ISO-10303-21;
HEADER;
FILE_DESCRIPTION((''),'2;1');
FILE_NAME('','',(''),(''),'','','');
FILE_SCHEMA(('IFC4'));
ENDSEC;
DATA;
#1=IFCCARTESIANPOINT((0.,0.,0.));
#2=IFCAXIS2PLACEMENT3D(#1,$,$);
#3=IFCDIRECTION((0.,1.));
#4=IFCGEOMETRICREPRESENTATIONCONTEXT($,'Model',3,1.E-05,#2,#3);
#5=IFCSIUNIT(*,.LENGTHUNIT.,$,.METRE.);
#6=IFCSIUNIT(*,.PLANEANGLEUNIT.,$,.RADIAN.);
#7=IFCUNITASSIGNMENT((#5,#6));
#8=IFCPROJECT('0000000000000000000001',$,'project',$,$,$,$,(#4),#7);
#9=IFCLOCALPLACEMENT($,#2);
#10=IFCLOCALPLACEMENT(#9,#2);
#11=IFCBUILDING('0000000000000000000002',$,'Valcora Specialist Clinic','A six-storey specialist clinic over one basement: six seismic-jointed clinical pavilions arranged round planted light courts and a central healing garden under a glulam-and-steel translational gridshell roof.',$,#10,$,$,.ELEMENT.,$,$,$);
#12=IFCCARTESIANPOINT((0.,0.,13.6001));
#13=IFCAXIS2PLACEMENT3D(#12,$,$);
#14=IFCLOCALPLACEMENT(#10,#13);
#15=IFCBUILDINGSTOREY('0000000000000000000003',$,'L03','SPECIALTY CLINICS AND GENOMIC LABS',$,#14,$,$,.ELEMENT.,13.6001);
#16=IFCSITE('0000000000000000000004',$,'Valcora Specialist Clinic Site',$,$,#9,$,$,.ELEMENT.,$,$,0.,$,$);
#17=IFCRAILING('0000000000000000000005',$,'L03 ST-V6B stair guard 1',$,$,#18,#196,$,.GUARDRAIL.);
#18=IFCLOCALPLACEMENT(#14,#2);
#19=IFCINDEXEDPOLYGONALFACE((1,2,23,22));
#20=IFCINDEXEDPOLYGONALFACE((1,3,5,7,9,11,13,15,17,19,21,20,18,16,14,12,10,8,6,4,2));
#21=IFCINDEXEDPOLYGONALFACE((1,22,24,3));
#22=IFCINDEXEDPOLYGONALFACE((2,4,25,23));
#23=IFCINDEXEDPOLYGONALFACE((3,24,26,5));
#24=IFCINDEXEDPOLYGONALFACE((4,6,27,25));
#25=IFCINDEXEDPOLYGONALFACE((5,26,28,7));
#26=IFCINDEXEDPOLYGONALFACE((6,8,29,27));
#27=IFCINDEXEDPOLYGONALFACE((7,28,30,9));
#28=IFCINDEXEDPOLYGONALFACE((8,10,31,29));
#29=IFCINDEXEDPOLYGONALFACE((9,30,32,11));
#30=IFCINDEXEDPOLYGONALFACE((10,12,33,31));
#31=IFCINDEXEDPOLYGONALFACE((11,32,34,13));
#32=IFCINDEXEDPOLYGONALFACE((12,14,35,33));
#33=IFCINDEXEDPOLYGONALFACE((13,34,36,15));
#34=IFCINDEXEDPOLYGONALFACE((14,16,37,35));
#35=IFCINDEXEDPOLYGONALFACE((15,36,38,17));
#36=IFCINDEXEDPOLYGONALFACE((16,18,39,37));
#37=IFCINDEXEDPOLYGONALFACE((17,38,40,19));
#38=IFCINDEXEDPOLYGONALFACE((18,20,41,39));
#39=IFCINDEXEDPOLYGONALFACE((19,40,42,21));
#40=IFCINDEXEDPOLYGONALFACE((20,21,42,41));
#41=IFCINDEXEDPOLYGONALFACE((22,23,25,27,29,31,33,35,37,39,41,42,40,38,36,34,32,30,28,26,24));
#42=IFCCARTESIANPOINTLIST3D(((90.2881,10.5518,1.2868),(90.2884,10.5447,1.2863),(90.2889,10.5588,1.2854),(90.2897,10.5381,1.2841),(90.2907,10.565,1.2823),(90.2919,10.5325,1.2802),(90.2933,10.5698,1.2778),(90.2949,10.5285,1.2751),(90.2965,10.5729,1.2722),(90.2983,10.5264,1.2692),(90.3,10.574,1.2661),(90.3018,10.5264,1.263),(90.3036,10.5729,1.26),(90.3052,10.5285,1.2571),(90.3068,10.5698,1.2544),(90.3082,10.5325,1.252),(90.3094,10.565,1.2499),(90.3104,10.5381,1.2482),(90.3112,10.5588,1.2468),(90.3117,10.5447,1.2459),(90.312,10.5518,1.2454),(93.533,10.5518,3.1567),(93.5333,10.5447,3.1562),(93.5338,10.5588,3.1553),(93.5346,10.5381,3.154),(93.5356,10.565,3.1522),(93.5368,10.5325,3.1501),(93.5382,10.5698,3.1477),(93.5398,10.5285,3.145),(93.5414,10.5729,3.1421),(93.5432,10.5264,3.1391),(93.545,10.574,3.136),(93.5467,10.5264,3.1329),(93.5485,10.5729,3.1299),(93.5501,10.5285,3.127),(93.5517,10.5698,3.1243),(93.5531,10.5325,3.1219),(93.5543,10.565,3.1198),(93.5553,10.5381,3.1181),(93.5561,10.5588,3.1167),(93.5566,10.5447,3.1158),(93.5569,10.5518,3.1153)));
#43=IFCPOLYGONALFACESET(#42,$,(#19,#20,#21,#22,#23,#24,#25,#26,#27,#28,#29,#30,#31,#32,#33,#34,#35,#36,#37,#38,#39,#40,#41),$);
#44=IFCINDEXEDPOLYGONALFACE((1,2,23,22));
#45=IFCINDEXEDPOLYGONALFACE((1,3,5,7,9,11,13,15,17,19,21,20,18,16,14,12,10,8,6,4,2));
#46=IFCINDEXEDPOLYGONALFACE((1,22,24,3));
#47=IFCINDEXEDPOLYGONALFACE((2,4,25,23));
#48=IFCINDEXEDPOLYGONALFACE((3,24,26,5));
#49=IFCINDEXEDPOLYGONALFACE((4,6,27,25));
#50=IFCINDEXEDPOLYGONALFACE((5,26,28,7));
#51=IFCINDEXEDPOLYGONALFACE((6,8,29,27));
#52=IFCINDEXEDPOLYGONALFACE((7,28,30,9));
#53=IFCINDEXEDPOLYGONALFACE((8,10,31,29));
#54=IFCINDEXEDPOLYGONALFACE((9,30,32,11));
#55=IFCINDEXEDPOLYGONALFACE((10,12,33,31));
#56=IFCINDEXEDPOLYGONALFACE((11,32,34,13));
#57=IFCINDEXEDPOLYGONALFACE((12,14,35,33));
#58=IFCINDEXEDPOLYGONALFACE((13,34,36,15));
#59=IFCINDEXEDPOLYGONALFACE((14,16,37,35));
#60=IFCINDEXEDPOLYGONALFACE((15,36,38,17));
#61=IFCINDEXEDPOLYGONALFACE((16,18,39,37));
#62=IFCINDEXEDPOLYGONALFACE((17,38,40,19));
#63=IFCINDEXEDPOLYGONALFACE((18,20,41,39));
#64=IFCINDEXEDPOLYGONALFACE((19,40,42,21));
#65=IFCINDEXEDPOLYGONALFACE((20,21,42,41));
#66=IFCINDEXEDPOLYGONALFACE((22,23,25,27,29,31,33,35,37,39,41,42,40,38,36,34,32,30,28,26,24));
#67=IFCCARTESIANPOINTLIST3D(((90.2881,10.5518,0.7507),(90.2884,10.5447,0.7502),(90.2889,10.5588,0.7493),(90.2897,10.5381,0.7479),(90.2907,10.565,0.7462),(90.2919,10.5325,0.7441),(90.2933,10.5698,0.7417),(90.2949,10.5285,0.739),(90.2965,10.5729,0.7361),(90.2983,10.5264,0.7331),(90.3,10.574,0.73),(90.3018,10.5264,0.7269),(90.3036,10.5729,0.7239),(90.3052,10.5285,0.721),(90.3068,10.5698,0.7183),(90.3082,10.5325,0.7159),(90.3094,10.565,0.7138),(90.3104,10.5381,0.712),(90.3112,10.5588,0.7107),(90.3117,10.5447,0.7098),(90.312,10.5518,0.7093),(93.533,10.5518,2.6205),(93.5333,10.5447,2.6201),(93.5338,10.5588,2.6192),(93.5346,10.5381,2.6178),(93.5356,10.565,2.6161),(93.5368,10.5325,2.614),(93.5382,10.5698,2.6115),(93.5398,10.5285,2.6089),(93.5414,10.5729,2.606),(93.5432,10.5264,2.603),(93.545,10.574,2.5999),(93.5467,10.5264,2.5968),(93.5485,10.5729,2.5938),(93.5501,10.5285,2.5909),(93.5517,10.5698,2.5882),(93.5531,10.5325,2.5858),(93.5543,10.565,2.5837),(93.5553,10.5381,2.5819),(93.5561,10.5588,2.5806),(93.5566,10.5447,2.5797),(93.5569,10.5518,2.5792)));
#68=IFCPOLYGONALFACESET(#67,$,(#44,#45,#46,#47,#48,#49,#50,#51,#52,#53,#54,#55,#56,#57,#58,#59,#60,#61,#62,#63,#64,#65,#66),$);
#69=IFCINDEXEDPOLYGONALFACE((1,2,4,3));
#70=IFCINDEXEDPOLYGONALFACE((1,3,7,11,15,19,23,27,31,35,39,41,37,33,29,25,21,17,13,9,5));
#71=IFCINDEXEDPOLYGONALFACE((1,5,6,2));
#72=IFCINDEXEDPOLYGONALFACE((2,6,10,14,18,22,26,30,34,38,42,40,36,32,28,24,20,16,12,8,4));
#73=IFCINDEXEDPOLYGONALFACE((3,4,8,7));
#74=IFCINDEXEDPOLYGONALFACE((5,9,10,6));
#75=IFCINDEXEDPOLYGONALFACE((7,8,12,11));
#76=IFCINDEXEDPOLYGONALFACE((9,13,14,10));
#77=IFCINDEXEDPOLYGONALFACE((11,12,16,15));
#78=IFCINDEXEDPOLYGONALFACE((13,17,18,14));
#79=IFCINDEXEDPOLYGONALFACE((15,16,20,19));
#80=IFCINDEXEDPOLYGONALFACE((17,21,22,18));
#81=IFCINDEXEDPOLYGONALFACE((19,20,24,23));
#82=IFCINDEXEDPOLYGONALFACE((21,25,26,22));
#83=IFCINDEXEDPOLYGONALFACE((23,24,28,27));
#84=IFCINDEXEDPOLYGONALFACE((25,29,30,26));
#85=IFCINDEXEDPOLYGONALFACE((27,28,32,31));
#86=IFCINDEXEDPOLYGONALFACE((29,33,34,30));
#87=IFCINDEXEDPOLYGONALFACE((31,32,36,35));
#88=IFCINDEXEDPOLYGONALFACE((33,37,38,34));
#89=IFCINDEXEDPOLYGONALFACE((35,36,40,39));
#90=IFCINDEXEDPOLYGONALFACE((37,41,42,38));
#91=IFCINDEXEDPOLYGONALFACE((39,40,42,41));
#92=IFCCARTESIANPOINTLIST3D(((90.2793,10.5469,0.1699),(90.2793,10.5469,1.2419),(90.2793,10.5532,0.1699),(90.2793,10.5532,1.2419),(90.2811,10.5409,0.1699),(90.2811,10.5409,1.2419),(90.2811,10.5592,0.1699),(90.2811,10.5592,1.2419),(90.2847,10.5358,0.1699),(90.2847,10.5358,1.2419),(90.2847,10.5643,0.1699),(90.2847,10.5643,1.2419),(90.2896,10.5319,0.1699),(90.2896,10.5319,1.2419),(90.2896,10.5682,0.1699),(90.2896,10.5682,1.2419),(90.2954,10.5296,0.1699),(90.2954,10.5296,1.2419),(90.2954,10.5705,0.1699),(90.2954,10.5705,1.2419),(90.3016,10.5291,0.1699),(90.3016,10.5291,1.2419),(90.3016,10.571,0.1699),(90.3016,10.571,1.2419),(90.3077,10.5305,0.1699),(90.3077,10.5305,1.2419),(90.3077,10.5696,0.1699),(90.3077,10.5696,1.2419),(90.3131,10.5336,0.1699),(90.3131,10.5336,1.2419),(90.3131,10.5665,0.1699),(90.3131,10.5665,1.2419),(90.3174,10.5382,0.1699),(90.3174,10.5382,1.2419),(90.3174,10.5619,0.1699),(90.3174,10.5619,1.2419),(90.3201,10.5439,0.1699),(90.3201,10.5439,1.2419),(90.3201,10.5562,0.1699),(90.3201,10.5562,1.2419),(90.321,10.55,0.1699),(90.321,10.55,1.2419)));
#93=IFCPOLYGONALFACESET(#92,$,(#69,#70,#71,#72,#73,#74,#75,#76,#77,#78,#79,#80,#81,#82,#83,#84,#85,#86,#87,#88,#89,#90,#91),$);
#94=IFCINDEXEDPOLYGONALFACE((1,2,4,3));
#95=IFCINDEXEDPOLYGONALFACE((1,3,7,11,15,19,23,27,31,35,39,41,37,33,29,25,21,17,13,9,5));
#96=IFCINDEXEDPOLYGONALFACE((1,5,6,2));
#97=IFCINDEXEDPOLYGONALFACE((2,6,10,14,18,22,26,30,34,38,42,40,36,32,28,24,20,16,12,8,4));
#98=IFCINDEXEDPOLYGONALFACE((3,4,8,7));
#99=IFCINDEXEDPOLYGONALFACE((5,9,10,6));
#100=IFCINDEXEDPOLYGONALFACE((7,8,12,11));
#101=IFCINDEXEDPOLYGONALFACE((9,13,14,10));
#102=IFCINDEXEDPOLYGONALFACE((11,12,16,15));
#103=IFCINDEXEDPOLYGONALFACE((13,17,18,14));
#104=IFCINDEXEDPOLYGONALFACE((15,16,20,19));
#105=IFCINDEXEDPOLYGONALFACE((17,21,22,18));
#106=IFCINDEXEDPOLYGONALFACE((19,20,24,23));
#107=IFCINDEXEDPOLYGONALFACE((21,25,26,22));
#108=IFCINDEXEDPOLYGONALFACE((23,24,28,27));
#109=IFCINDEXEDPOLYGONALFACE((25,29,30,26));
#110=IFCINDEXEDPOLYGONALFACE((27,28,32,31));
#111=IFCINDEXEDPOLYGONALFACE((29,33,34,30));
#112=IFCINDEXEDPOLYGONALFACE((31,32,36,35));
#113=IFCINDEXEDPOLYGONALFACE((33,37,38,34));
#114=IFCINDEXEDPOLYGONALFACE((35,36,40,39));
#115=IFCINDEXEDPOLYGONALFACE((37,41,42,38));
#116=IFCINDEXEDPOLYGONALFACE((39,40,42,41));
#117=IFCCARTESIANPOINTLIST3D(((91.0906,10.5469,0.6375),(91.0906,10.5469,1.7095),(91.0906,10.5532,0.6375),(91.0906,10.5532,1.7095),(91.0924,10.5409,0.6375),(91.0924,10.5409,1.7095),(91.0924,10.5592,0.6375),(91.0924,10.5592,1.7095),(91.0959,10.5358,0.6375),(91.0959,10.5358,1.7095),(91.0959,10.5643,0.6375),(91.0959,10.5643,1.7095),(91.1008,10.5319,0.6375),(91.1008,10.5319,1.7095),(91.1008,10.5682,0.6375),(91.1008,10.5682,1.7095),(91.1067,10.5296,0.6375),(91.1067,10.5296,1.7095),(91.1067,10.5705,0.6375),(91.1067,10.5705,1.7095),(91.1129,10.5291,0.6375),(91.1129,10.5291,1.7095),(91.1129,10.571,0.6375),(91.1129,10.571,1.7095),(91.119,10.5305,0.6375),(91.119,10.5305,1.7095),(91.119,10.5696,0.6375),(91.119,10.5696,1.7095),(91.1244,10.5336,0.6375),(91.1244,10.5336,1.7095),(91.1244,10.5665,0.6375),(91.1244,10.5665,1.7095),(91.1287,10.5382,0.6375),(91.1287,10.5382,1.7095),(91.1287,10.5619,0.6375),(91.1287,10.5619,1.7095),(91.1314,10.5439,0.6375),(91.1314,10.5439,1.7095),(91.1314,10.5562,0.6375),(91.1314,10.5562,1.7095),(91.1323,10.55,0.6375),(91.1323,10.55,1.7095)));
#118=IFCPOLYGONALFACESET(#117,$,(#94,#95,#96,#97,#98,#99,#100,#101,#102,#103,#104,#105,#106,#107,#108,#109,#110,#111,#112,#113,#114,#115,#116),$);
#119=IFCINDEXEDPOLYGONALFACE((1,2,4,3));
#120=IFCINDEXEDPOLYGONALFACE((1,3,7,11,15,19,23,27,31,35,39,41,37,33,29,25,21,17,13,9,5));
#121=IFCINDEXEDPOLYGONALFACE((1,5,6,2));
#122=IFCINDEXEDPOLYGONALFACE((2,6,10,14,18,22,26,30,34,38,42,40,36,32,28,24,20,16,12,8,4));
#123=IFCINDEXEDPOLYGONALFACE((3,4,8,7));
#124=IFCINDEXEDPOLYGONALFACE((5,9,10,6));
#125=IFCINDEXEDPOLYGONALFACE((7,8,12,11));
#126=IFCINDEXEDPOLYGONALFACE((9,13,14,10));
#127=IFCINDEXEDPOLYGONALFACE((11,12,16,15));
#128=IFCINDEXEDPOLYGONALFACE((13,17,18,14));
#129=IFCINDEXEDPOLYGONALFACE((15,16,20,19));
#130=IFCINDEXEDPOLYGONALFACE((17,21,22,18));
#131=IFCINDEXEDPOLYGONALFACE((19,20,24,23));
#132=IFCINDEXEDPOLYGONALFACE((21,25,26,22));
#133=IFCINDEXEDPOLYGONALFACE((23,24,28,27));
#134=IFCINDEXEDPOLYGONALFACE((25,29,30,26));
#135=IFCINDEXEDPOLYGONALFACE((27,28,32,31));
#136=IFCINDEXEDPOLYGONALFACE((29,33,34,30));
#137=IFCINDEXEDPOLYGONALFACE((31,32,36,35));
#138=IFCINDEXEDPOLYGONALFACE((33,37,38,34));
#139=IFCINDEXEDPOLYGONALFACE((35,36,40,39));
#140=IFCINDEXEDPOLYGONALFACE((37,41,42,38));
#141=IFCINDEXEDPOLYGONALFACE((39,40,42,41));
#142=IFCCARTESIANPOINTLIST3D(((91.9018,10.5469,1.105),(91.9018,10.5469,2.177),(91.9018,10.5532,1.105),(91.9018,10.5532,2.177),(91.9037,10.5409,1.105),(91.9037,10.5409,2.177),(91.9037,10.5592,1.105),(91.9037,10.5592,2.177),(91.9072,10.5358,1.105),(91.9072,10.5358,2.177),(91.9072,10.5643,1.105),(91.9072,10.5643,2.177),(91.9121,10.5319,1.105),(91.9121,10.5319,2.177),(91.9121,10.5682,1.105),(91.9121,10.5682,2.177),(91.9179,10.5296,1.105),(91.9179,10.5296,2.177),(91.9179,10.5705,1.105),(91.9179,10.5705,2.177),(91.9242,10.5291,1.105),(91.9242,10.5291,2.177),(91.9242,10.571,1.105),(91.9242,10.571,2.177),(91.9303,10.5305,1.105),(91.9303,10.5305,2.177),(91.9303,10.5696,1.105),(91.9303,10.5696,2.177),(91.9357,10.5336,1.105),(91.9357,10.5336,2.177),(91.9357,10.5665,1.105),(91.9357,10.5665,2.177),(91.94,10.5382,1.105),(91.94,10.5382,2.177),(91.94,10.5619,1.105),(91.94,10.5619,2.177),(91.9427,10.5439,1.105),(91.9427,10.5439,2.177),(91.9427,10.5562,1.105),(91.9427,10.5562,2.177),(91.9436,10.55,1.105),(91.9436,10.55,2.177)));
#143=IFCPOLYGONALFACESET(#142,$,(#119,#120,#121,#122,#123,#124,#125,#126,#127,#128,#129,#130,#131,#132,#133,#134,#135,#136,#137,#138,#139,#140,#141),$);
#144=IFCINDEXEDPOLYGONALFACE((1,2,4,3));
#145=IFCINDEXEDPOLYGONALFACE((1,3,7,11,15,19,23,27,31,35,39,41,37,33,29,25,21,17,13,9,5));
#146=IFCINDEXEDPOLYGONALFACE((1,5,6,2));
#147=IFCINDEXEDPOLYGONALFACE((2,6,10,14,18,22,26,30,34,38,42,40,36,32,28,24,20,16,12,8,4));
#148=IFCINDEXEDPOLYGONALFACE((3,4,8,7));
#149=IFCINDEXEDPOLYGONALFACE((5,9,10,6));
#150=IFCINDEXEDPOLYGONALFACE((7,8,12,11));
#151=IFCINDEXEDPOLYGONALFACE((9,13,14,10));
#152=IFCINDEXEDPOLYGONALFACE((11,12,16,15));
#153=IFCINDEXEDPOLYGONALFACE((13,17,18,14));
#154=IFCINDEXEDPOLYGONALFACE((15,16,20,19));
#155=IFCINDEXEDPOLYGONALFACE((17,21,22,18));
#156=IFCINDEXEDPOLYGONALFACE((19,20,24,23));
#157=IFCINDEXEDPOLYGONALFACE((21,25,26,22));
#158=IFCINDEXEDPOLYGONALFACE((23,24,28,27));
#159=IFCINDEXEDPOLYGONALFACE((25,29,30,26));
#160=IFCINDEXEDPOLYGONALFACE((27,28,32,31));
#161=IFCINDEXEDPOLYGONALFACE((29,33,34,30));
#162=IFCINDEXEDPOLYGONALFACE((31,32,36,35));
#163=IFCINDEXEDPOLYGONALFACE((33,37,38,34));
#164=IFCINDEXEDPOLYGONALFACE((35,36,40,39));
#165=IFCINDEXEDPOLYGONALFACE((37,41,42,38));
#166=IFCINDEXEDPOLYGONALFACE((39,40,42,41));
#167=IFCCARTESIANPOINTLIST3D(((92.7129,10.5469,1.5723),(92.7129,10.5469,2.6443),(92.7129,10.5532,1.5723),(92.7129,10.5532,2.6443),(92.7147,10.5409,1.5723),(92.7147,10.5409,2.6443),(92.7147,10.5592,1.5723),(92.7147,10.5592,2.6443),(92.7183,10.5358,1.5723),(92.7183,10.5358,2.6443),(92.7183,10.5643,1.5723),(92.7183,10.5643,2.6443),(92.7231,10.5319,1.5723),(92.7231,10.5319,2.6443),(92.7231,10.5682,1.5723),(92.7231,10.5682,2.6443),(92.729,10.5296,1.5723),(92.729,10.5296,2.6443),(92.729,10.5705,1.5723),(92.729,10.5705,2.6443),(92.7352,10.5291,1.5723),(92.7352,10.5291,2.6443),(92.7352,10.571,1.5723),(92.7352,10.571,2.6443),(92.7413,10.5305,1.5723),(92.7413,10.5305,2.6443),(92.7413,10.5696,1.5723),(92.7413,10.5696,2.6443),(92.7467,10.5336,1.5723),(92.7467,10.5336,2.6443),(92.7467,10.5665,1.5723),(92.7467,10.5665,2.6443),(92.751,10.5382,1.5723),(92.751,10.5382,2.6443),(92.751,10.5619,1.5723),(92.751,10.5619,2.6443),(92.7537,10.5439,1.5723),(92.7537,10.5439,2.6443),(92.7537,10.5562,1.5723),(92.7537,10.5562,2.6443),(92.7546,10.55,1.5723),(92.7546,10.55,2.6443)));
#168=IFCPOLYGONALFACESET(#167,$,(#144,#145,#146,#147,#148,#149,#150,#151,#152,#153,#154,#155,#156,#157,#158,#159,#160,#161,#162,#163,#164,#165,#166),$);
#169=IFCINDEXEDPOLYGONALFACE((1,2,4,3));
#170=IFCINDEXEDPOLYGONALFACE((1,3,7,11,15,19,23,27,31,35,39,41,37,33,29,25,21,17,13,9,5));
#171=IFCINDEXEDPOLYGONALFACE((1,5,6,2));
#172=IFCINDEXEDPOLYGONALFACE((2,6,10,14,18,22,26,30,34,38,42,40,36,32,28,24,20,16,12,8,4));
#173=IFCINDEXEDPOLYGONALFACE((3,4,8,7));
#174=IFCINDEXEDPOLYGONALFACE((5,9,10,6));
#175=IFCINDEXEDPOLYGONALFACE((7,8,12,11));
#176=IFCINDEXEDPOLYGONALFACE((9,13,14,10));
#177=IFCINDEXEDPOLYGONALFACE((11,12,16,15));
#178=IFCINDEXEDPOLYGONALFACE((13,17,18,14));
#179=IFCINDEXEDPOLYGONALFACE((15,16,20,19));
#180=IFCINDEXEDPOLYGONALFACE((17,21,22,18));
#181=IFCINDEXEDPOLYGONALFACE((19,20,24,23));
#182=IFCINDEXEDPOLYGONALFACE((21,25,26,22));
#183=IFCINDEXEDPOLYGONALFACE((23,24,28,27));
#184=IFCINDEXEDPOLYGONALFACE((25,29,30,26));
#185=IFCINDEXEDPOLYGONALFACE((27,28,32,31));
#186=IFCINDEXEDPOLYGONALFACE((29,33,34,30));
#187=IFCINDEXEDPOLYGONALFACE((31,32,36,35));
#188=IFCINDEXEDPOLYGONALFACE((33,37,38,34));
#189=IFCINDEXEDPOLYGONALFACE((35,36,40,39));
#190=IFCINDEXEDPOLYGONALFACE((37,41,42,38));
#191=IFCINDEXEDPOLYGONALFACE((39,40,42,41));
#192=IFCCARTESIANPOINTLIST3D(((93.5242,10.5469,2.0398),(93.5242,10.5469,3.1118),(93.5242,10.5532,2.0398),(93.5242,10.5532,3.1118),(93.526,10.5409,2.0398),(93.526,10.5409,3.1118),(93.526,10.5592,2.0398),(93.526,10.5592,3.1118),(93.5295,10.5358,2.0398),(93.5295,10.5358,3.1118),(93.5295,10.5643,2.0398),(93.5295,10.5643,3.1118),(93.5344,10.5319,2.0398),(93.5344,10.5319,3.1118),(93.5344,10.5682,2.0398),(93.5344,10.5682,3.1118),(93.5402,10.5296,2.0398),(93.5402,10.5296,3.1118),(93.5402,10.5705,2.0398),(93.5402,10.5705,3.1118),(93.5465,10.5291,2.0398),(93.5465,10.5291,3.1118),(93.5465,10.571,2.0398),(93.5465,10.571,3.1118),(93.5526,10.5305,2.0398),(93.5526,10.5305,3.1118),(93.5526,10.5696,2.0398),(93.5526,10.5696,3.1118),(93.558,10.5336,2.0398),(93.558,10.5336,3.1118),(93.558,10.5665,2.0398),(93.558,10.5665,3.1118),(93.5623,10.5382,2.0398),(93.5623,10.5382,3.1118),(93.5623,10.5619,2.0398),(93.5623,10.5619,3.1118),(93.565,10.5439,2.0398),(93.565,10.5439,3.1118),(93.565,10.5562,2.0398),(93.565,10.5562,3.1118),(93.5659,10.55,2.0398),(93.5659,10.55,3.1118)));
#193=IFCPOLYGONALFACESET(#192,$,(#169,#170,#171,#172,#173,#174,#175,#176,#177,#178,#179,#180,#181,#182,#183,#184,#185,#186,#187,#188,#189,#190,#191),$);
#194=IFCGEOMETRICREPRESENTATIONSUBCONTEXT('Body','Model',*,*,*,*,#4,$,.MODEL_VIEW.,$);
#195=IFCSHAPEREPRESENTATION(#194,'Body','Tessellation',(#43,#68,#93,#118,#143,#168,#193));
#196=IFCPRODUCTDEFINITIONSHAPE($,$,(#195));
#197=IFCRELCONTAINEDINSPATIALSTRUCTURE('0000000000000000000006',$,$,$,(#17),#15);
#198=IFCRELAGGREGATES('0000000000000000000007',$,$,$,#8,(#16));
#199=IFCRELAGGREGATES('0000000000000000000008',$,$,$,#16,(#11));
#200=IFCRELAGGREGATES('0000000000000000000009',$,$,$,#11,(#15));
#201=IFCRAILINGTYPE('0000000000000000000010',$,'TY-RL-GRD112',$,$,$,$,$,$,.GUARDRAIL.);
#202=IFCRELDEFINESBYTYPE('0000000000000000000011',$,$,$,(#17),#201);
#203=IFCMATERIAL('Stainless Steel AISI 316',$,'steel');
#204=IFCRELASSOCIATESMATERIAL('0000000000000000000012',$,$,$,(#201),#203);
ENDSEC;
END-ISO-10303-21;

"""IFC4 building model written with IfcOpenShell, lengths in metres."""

from ifc_helpers import new_model, si_unit, direction, frame, origin, origin_2d, place, context, subcontext, project, spatial, circle, extrude, material, type_object, element, save


model = new_model("IFC4")

# Units and contexts
model_context = context("Model", 3, precision=1e-05, world=origin(), true_north=direction((0.0, 1.0)))
body_context = subcontext(model_context, "Body", "Model", "MODEL_VIEW")
ifc_project = project(units=[si_unit("LENGTHUNIT", "METRE"), si_unit("PLANEANGLEUNIT", "RADIAN")], contexts=[model_context])

# Site, building, storey
site_placement = place(None, origin())
site = spatial("IfcSite", under=ifc_project, at=site_placement, Name="Valcora Specialist Clinic Site", CompositionType="ELEMENT", RefElevation=0.0)
building_placement = place(site_placement, origin())
building = spatial("IfcBuilding", under=site, at=building_placement, Name="Valcora Specialist Clinic", Description="A six-storey specialist clinic over one basement: six seismic-jointed clinical pavilions arranged round planted light courts and a central healing garden under a glulam-and-steel translational gridshell roof.", CompositionType="ELEMENT")
storey_placement = place(building_placement, frame((0.0, 0.0, 13.6001)))
storey = spatial("IfcBuildingStorey", under=building, at=storey_placement, Name="L03", Description="SPECIALTY CLINICS AND GENOMIC LABS", CompositionType="ELEMENT", Elevation=13.6001)

# Railing
ifc_material_1 = material(Name="Stainless Steel AISI 316", Category="steel")
railing_type_1 = type_object("IfcRailingType", Name="TY-RL-GRD112", PredefinedType="GUARDRAIL", material=ifc_material_1)
railing_1_placement = place(storey_placement, frame((90.3, 10.55, 0.1699)))
element("IfcRailing", 1, at=railing_1_placement, inside=storey, type_object=railing_type_1, Name="L03 ST-V6B stair guard 1", PredefinedType="GUARDRAIL", context=body_context, shape_type="SweptSolid", body=[
    extrude(circle(Radius=0.0239, at=origin_2d()), frame((0.0, 0.0, 1.0962), z_axis=(0.866436, 0.0, 0.499288), x_axis=(0.0, 1.0, 0.0)), (0.0, 0.0, 1.0), 3.7451),
    extrude(circle(Radius=0.0239, at=origin_2d()), frame((0.0, 0.0, 0.5601), z_axis=(0.866436, 0.0, 0.499288), x_axis=(0.0, 1.0, 0.0)), (0.0, 0.0, 1.0), 3.7451),
    extrude(circle(Radius=0.021, at=origin_2d()), origin(), (0.0, 0.0, 1.0), 1.072),
    extrude(circle(Radius=0.021, at=origin_2d()), frame((0.8113, 0.0, 0.4675)), (0.0, 0.0, 1.0), 1.072),
    extrude(circle(Radius=0.021, at=origin_2d()), frame((1.6226, 0.0, 0.9351)), (0.0, 0.0, 1.0), 1.072),
    extrude(circle(Radius=0.021, at=origin_2d()), frame((2.4336, 0.0, 1.4023)), (0.0, 0.0, 1.0), 1.072),
    extrude(circle(Radius=0.021, at=origin_2d()), frame((3.2449, 0.0, 1.8699)), (0.0, 0.0, 1.0), 1.072),
])

save(model, "model.ifc")
